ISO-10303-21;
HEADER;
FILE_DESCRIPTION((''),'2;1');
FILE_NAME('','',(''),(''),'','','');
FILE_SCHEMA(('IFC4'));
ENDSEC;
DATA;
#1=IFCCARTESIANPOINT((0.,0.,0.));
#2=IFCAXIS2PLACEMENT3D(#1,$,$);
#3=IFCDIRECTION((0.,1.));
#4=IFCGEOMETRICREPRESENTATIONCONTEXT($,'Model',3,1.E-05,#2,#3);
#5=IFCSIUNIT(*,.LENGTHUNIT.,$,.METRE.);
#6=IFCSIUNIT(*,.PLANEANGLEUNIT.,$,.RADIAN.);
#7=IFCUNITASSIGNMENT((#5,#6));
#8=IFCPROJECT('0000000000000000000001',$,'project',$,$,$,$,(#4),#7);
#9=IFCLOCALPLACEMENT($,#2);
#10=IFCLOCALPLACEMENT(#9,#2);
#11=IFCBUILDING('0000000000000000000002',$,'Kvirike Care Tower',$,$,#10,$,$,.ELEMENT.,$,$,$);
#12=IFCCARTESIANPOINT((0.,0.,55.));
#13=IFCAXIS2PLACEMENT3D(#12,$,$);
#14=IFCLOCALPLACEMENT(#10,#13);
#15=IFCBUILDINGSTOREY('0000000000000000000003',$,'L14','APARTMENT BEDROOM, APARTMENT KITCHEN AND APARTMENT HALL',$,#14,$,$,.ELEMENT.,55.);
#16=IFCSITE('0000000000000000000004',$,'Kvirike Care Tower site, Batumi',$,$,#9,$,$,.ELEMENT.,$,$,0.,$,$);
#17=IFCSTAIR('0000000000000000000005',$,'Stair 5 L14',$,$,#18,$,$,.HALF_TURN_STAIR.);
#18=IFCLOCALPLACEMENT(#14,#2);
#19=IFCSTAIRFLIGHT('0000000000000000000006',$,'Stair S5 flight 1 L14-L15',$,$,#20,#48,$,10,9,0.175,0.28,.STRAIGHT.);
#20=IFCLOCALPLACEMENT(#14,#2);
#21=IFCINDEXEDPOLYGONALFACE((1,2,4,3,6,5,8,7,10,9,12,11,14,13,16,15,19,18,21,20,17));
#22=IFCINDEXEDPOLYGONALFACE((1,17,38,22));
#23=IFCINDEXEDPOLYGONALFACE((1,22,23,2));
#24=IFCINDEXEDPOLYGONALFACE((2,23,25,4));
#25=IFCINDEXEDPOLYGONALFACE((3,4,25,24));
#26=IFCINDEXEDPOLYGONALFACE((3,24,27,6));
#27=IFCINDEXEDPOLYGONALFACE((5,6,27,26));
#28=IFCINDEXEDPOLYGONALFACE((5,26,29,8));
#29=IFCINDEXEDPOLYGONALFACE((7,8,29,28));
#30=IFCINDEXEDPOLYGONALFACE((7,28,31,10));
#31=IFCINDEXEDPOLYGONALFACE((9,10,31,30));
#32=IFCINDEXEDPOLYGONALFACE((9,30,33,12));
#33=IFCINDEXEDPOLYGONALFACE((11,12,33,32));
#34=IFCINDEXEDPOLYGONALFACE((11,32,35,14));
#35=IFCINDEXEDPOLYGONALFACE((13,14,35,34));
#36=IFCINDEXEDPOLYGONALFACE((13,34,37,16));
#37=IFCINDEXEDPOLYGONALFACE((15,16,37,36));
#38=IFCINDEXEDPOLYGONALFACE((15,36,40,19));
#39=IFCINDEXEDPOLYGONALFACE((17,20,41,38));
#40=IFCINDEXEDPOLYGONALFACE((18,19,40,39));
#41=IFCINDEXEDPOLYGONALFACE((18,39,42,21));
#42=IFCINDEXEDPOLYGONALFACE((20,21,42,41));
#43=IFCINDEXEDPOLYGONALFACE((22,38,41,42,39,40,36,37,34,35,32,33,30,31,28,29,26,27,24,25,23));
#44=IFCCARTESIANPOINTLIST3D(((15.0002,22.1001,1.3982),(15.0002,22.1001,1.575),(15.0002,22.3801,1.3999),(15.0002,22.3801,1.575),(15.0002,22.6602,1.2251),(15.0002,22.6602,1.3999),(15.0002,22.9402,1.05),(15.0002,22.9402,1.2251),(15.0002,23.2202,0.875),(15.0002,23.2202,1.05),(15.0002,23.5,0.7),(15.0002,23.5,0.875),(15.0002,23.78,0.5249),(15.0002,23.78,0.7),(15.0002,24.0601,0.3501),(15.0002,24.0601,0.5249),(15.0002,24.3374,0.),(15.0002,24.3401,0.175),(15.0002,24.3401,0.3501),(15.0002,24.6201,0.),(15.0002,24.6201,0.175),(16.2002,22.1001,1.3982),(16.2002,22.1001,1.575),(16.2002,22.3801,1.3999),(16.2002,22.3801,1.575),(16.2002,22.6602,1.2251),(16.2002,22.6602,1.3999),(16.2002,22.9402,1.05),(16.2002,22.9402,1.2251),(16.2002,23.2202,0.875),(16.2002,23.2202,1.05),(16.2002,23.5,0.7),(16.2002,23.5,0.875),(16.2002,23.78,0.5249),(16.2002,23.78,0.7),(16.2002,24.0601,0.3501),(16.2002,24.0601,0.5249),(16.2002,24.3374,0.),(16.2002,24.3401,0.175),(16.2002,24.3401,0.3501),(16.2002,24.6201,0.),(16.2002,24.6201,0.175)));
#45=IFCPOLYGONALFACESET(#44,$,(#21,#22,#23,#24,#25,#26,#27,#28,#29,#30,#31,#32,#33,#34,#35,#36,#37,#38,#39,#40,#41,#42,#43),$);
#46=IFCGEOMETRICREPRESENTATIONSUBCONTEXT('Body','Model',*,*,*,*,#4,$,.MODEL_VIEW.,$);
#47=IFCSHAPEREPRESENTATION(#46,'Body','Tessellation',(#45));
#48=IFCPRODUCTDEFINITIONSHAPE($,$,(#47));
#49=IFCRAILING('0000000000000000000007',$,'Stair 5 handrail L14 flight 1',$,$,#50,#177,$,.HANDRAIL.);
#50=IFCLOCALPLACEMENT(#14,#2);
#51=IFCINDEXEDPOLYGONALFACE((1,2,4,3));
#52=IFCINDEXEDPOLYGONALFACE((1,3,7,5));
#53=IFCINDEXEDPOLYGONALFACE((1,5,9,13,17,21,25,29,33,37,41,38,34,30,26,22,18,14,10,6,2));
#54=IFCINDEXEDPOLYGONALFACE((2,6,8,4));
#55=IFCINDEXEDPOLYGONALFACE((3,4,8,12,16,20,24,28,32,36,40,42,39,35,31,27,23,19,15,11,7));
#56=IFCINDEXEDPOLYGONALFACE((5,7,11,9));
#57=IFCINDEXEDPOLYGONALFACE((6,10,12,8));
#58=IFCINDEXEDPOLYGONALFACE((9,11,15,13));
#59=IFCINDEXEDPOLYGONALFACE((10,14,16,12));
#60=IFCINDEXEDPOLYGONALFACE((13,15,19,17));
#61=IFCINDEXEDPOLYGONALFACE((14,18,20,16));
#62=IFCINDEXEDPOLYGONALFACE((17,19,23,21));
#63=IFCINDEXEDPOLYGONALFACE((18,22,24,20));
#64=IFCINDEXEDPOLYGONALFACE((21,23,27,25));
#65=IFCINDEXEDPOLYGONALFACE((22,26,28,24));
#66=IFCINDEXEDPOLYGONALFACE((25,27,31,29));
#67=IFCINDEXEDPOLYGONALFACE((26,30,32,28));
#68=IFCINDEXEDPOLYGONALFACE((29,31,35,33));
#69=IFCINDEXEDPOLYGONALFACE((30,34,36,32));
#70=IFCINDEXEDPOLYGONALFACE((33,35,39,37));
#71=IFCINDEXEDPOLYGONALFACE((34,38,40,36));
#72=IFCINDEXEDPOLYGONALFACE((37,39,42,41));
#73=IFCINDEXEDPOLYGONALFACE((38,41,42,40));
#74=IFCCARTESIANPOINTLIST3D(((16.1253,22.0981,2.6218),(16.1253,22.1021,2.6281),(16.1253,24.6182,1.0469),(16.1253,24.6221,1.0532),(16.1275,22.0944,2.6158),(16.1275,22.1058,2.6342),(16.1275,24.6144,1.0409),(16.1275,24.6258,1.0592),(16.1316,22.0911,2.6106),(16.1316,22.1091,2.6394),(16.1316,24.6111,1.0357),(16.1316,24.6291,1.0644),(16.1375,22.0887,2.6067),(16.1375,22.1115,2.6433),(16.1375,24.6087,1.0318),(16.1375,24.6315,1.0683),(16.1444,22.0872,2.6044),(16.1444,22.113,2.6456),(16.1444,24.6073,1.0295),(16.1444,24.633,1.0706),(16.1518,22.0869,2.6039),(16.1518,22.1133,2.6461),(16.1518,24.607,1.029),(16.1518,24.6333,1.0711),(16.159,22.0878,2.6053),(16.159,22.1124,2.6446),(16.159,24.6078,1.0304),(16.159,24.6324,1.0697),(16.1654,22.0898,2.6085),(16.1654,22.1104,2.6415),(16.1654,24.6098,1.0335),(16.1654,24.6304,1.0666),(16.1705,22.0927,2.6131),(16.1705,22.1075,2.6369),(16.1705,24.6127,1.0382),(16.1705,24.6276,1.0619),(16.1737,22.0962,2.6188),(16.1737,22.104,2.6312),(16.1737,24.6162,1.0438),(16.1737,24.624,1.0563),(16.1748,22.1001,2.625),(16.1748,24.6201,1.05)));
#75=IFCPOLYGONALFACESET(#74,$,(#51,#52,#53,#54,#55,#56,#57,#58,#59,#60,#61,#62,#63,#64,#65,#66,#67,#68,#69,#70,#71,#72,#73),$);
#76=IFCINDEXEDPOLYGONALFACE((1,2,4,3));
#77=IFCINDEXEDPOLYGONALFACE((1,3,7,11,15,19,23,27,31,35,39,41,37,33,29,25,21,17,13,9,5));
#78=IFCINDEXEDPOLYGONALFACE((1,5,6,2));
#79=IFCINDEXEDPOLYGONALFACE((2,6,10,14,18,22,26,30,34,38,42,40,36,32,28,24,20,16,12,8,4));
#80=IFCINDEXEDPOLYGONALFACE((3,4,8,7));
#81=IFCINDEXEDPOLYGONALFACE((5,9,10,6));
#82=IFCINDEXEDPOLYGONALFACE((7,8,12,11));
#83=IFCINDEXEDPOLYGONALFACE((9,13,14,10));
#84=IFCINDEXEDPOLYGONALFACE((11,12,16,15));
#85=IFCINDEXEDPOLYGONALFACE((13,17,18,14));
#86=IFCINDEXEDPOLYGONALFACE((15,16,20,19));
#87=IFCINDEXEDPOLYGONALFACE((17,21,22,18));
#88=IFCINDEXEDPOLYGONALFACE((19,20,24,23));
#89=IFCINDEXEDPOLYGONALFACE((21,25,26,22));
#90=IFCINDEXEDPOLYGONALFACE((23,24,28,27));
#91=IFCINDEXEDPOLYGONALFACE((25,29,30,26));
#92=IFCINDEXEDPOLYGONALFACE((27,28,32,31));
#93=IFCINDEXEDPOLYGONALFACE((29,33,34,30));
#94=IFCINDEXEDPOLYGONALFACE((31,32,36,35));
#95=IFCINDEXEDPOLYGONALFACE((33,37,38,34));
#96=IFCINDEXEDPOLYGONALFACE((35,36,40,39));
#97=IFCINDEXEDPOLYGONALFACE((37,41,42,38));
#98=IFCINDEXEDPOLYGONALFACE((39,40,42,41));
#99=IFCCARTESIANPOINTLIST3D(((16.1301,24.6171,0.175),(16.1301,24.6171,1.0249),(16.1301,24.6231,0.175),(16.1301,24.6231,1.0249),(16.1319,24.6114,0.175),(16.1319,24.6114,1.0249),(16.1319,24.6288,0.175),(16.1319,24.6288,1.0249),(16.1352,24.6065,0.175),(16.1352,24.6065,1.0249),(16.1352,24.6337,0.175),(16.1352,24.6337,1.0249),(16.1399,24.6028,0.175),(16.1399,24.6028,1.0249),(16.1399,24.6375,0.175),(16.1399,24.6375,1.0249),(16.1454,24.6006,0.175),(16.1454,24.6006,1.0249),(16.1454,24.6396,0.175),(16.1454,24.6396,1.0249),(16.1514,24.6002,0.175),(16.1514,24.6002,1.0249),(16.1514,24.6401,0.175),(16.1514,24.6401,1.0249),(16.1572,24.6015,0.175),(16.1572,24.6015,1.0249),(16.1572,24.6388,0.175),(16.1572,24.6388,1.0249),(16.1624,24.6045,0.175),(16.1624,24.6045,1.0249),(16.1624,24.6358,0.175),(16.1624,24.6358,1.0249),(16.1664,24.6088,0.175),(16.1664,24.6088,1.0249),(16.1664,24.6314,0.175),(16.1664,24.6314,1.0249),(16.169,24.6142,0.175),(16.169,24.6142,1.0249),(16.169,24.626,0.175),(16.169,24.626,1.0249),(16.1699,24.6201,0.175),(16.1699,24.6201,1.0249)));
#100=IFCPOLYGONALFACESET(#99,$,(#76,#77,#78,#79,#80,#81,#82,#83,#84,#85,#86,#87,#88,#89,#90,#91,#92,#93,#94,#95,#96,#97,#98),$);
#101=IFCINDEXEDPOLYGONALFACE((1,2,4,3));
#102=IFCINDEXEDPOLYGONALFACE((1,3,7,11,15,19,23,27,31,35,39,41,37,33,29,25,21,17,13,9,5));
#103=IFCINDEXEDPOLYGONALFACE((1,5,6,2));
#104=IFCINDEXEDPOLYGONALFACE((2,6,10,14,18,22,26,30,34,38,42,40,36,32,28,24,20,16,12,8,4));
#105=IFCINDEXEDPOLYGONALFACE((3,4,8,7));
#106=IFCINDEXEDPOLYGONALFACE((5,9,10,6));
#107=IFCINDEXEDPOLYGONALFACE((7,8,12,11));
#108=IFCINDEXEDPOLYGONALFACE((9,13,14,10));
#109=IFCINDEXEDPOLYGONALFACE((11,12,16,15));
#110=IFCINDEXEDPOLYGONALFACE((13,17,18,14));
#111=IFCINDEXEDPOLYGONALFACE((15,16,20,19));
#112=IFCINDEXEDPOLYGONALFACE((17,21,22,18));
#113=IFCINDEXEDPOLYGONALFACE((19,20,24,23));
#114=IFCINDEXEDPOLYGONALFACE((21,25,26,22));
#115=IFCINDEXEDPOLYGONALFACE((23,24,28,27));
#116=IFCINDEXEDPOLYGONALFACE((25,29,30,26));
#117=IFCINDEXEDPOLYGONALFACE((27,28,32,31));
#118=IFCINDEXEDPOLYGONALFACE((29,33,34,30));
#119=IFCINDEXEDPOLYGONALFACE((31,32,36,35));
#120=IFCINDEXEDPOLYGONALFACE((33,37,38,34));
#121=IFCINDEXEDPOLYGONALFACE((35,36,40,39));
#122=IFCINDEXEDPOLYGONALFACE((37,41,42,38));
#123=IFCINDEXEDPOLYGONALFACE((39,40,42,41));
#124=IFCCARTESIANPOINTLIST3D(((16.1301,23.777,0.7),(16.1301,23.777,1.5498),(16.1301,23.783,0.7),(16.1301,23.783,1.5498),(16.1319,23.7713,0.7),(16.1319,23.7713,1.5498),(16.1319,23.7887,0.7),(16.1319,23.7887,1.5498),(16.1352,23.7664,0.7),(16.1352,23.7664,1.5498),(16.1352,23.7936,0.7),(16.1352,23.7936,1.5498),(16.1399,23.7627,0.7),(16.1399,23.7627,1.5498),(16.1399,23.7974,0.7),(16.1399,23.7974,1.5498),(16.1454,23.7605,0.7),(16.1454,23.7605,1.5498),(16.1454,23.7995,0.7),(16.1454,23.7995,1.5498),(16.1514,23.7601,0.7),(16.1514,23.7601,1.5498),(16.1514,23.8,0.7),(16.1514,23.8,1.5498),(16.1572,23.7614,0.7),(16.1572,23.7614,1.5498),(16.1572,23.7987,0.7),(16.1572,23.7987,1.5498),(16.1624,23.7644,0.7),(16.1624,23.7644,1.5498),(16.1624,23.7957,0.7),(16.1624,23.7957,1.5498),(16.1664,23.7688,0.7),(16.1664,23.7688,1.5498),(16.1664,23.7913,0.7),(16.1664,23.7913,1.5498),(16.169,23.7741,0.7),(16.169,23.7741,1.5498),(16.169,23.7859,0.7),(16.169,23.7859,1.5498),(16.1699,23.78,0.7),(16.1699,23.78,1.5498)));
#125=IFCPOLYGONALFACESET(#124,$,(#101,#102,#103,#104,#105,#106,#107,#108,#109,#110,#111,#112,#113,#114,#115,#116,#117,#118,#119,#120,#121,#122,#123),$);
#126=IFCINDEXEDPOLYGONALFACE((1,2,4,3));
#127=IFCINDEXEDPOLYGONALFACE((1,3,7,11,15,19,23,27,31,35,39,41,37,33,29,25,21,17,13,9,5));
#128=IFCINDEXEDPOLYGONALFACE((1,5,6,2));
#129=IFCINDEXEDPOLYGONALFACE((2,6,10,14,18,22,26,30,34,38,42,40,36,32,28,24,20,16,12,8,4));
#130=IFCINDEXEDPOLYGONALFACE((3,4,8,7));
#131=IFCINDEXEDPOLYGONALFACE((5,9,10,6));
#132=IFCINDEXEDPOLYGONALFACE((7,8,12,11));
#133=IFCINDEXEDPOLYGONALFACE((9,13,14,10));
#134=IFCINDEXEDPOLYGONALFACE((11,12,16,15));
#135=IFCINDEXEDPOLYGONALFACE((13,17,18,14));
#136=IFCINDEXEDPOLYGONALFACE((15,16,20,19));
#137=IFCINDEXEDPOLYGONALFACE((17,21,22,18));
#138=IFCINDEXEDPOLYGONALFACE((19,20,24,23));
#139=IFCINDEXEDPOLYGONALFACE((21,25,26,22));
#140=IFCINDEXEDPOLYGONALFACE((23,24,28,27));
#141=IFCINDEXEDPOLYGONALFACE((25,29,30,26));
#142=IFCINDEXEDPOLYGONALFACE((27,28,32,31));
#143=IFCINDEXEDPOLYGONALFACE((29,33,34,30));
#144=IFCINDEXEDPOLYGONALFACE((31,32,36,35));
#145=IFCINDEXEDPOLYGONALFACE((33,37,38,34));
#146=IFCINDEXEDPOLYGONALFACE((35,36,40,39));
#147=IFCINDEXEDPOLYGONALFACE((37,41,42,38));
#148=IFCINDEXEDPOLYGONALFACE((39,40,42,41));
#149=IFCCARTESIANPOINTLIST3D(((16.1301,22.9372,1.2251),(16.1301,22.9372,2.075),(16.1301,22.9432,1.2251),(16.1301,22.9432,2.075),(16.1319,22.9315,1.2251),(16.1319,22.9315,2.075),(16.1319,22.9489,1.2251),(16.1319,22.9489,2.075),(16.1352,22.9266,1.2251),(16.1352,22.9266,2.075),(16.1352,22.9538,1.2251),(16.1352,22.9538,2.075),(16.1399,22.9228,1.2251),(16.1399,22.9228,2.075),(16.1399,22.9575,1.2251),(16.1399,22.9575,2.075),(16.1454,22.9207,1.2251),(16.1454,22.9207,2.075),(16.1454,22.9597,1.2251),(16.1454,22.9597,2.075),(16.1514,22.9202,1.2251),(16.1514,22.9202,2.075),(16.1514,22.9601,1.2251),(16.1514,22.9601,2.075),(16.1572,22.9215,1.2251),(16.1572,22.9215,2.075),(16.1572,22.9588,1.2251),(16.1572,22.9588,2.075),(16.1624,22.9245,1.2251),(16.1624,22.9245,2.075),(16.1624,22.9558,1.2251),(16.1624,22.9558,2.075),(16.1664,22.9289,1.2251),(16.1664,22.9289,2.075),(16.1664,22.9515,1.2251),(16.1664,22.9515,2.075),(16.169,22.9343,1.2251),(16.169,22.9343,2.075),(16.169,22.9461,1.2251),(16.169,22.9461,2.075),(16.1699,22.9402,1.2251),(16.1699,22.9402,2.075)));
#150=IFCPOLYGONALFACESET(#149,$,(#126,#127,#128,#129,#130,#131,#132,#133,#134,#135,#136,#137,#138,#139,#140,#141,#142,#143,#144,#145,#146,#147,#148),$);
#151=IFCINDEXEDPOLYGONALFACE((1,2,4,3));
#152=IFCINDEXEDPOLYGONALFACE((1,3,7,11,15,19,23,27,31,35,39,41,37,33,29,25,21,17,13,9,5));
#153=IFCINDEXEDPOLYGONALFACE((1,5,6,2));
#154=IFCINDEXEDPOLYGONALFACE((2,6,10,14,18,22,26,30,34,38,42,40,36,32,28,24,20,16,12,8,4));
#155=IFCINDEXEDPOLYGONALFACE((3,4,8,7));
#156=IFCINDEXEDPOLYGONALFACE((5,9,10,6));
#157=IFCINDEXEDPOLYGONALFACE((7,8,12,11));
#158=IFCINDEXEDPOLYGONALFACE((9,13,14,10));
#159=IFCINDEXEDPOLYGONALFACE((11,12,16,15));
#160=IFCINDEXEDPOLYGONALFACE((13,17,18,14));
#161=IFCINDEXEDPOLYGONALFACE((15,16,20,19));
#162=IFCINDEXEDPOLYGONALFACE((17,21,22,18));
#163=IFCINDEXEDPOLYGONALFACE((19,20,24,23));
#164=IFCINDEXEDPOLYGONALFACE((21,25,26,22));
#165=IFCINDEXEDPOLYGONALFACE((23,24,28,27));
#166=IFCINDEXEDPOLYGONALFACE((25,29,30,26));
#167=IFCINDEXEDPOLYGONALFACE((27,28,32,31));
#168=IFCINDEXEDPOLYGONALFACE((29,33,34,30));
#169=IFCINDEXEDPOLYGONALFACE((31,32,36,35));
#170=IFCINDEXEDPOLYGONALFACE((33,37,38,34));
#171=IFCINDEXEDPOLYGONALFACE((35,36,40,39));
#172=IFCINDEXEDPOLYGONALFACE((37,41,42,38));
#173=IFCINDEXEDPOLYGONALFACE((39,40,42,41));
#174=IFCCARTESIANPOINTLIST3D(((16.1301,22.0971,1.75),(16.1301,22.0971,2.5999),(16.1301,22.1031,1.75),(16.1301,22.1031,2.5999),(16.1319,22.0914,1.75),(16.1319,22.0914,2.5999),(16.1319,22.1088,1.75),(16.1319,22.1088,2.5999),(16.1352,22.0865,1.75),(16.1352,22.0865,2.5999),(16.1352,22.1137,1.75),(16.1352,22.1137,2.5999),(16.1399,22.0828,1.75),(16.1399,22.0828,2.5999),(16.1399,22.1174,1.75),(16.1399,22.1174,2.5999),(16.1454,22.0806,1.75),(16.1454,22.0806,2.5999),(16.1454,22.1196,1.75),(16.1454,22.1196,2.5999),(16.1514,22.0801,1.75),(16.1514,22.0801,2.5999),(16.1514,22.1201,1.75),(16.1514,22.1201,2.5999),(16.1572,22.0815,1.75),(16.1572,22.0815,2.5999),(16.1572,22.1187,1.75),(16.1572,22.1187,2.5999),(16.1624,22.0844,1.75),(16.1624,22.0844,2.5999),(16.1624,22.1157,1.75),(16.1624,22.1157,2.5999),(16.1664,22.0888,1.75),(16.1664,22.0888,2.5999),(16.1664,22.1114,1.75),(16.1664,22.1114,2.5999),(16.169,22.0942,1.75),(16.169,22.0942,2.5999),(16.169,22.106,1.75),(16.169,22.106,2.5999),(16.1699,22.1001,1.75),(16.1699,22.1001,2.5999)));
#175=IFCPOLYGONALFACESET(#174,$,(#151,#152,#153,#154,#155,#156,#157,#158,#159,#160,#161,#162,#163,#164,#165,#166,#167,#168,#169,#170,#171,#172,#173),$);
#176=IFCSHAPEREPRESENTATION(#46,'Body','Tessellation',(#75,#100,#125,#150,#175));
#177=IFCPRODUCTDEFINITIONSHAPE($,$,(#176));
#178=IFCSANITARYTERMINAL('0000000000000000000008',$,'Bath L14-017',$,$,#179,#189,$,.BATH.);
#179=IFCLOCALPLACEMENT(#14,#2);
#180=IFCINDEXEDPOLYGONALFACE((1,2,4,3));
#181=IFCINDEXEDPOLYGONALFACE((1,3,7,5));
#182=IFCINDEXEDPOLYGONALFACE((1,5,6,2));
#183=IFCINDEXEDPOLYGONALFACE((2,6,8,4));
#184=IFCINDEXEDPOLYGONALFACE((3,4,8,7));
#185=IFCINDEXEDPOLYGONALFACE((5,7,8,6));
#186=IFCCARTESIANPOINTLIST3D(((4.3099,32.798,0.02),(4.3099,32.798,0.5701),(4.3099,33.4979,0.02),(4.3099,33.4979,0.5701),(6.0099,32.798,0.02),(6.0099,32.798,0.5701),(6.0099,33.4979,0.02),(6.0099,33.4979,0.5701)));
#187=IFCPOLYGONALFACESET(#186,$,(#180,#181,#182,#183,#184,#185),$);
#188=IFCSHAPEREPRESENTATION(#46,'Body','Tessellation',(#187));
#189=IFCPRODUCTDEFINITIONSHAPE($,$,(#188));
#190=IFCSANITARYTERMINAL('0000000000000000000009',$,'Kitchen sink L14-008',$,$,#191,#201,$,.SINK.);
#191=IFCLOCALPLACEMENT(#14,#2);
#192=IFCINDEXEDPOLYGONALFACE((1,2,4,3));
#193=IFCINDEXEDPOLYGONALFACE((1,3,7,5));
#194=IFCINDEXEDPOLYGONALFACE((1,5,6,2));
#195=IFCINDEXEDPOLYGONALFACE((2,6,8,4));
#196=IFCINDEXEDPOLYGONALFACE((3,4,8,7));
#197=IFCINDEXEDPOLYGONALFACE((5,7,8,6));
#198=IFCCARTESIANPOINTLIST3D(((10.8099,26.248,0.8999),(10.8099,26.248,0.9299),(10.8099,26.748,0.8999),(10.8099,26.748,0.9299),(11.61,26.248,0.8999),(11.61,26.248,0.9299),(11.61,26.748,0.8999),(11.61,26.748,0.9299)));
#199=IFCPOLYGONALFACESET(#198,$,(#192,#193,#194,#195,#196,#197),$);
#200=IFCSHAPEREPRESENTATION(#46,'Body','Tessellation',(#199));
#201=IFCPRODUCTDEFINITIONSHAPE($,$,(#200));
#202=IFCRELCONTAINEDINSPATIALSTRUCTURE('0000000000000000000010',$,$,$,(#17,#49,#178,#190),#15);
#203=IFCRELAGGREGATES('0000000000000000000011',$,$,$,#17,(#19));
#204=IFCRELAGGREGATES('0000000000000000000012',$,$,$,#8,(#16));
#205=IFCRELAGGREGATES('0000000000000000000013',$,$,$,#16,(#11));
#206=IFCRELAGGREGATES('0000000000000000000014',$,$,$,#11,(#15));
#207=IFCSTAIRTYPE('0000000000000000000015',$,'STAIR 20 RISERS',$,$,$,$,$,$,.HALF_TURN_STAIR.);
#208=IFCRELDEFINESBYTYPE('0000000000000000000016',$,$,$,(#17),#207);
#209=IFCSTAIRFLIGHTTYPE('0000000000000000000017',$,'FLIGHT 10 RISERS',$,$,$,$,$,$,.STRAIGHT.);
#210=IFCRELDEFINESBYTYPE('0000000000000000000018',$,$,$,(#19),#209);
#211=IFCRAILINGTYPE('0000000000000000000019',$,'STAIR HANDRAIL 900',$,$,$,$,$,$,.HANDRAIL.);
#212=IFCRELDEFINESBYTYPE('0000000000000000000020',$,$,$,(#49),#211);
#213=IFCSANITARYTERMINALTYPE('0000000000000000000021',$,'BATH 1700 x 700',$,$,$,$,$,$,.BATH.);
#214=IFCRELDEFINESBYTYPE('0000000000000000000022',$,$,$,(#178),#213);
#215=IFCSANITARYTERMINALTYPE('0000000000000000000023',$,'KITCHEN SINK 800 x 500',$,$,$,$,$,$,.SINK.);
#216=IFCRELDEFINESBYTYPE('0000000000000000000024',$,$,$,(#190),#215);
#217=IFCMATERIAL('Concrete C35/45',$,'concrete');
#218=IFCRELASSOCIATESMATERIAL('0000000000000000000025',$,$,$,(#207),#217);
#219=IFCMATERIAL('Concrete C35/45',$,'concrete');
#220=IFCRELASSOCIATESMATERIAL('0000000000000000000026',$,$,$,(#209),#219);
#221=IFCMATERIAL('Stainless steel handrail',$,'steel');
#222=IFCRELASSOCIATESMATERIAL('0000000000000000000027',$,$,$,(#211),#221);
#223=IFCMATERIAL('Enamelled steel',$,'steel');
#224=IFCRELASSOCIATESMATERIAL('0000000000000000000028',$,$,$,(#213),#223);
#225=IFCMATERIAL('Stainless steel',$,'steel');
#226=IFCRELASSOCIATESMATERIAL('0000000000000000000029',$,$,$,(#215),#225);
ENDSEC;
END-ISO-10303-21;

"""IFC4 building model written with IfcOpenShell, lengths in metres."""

from ifc_helpers import new_model, si_unit, direction, frame, origin, origin_2d, place, context, subcontext, project, spatial, polyline, rectangle, circle, outline, extrude, material, type_object, element, aggregate, save


model = new_model("IFC4")

# Units and contexts
model_context = context("Model", 3, precision=1e-05, world=origin(), true_north=direction((0.0, 1.0)))
body_context = subcontext(model_context, "Body", "Model", "MODEL_VIEW")
ifc_project = project(units=[si_unit("LENGTHUNIT", "METRE"), si_unit("PLANEANGLEUNIT", "RADIAN")], contexts=[model_context])

# Site, building, storey
site_placement = place(None, origin())
site = spatial("IfcSite", under=ifc_project, at=site_placement, Name="Kvirike Care Tower site, Batumi", CompositionType="ELEMENT", RefElevation=0.0)
building_placement = place(site_placement, origin())
building = spatial("IfcBuilding", under=site, at=building_placement, Name="Kvirike Care Tower", CompositionType="ELEMENT")
storey_placement = place(building_placement, frame((0.0, 0.0, 55.0)))
storey = spatial("IfcBuildingStorey", under=building, at=storey_placement, Name="L14", Description="APARTMENT BEDROOM, APARTMENT KITCHEN AND APARTMENT HALL", CompositionType="ELEMENT", Elevation=55.0)

# Stair, stair flight
ifc_material_1 = material(Name="Concrete C35/45", Category="concrete")
stair_type = type_object("IfcStairType", Name="STAIR 20 RISERS", PredefinedType="HALF_TURN_STAIR", material=ifc_material_1)
stair_placement = place(storey_placement, origin())
stair = element("IfcStair", 1, at=stair_placement, inside=storey, type_object=stair_type, Name="Stair 5 L14", PredefinedType="HALF_TURN_STAIR")
ifc_material_2 = material(Name="Concrete C35/45", Category="concrete")
stair_flight_type = type_object("IfcStairFlightType", Name="FLIGHT 10 RISERS", PredefinedType="STRAIGHT", material=ifc_material_2)
stair_flight_placement = place(storey_placement, frame((15.6001, 24.6201, 0.0), z_axis=(0.0, 0.0, 1.0), x_axis=(0.0, -1.0, 0.0)))
stair_flight = element("IfcStairFlight", 2, at=stair_flight_placement, type_object=stair_flight_type, Name="Stair S5 flight 1 L14-L15", NumberOfRisers=10, NumberOfTreads=9, PredefinedType="STRAIGHT", RiserHeight=0.175, TreadLength=0.28, context=body_context, shape_type="SweptSolid", body=[
    extrude(outline(polyline([(0.0, 0.0), (0.0, 0.175), (0.28, 0.175), (0.28, 0.3501), (0.5601, 0.3501), (0.5601, 0.5249), (0.8401, 0.5249), (0.8401, 0.7), (1.1201, 0.7), (1.1201, 0.875), (1.3999, 0.875), (1.3999, 1.05), (1.6799, 1.05), (1.6799, 1.2251), (1.96, 1.2251), (1.96, 1.3999), (2.24, 1.3999), (2.24, 1.575), (2.52, 1.575), (2.52, 1.75), (2.52, 1.3982), (0.2827, 0.0), (0.0, 0.0)])), frame((0.0, 0.6001, 0.0), z_axis=(0.0, -1.0, 0.0), x_axis=(1.0, 0.0, 0.0)), (0.0, 0.0, 1.0), 1.2),
])
aggregate(stair, [stair_flight])

# Railing
ifc_material_3 = material(Name="Stainless steel handrail", Category="steel")
railing_type = type_object("IfcRailingType", Name="STAIR HANDRAIL 900", PredefinedType="HANDRAIL", material=ifc_material_3)
railing_placement = place(storey_placement, frame((16.1499, 24.6201, 0.175)))
element("IfcRailing", 3, at=railing_placement, inside=storey, type_object=railing_type, Name="Stair 5 handrail L14 flight 1", PredefinedType="HANDRAIL", context=body_context, shape_type="SweptSolid", body=[
    extrude(circle(Radius=0.0249, at=origin_2d()), frame((0.0, 0.0, 0.875), z_axis=(0.0, -0.848008, 0.529984), x_axis=(1.0, 0.0, 0.0)), (0.0, 0.0, 1.0), 2.9717),
    extrude(circle(Radius=0.02, at=origin_2d()), origin(), (0.0, 0.0, 1.0), 0.8499),
    extrude(circle(Radius=0.02, at=origin_2d()), frame((0.0, -0.8401, 0.5249)), (0.0, 0.0, 1.0), 0.8499),
    extrude(circle(Radius=0.02, at=origin_2d()), frame((0.0, -1.6799, 1.05)), (0.0, 0.0, 1.0), 0.8499),
    extrude(circle(Radius=0.02, at=origin_2d()), frame((0.0, -2.52, 1.575)), (0.0, 0.0, 1.0), 0.8499),
])

# Sanitary terminals
ifc_material_4 = material(Name="Enamelled steel", Category="steel")
sanitary_terminal_type_1 = type_object("IfcSanitaryTerminalType", Name="BATH 1700 x 700", PredefinedType="BATH", material=ifc_material_4)
sanitary_terminal_1_placement = place(storey_placement, frame((5.1599, 33.1479, 0.02), z_axis=(0.0, 0.0, 1.0), x_axis=(1.0, 0.0, 0.0)))
element("IfcSanitaryTerminal", 4, at=sanitary_terminal_1_placement, inside=storey, type_object=sanitary_terminal_type_1, Name="Bath L14-017", PredefinedType="BATH", context=body_context, shape_type="SweptSolid", body=[
    extrude(rectangle(XDim=1.7, YDim=0.7, at=origin_2d()), origin(), (0.0, 0.0, 1.0), 0.55),
])
ifc_material_5 = material(Name="Stainless steel", Category="steel")
sanitary_terminal_type_2 = type_object("IfcSanitaryTerminalType", Name="KITCHEN SINK 800 x 500", PredefinedType="SINK", material=ifc_material_5)
for number, where, z_axis, x_axis, name in (
    (5, (11.21, 26.498, 0.8999), (0.0, 0.0, 1.0), (1.0, 0.0, 0.0), "Kitchen sink L14-008"),
):
    element("IfcSanitaryTerminal", number, at=place(storey_placement, frame(where, z_axis=z_axis, x_axis=x_axis)), inside=storey, type_object=sanitary_terminal_type_2, Name=name, PredefinedType="SINK", context=body_context, shape_type="SweptSolid", body=[
        extrude(rectangle(XDim=0.8, YDim=0.5, at=origin_2d()), origin(), (0.0, 0.0, 1.0), 0.03),
    ])

save(model, "model.ifc")
